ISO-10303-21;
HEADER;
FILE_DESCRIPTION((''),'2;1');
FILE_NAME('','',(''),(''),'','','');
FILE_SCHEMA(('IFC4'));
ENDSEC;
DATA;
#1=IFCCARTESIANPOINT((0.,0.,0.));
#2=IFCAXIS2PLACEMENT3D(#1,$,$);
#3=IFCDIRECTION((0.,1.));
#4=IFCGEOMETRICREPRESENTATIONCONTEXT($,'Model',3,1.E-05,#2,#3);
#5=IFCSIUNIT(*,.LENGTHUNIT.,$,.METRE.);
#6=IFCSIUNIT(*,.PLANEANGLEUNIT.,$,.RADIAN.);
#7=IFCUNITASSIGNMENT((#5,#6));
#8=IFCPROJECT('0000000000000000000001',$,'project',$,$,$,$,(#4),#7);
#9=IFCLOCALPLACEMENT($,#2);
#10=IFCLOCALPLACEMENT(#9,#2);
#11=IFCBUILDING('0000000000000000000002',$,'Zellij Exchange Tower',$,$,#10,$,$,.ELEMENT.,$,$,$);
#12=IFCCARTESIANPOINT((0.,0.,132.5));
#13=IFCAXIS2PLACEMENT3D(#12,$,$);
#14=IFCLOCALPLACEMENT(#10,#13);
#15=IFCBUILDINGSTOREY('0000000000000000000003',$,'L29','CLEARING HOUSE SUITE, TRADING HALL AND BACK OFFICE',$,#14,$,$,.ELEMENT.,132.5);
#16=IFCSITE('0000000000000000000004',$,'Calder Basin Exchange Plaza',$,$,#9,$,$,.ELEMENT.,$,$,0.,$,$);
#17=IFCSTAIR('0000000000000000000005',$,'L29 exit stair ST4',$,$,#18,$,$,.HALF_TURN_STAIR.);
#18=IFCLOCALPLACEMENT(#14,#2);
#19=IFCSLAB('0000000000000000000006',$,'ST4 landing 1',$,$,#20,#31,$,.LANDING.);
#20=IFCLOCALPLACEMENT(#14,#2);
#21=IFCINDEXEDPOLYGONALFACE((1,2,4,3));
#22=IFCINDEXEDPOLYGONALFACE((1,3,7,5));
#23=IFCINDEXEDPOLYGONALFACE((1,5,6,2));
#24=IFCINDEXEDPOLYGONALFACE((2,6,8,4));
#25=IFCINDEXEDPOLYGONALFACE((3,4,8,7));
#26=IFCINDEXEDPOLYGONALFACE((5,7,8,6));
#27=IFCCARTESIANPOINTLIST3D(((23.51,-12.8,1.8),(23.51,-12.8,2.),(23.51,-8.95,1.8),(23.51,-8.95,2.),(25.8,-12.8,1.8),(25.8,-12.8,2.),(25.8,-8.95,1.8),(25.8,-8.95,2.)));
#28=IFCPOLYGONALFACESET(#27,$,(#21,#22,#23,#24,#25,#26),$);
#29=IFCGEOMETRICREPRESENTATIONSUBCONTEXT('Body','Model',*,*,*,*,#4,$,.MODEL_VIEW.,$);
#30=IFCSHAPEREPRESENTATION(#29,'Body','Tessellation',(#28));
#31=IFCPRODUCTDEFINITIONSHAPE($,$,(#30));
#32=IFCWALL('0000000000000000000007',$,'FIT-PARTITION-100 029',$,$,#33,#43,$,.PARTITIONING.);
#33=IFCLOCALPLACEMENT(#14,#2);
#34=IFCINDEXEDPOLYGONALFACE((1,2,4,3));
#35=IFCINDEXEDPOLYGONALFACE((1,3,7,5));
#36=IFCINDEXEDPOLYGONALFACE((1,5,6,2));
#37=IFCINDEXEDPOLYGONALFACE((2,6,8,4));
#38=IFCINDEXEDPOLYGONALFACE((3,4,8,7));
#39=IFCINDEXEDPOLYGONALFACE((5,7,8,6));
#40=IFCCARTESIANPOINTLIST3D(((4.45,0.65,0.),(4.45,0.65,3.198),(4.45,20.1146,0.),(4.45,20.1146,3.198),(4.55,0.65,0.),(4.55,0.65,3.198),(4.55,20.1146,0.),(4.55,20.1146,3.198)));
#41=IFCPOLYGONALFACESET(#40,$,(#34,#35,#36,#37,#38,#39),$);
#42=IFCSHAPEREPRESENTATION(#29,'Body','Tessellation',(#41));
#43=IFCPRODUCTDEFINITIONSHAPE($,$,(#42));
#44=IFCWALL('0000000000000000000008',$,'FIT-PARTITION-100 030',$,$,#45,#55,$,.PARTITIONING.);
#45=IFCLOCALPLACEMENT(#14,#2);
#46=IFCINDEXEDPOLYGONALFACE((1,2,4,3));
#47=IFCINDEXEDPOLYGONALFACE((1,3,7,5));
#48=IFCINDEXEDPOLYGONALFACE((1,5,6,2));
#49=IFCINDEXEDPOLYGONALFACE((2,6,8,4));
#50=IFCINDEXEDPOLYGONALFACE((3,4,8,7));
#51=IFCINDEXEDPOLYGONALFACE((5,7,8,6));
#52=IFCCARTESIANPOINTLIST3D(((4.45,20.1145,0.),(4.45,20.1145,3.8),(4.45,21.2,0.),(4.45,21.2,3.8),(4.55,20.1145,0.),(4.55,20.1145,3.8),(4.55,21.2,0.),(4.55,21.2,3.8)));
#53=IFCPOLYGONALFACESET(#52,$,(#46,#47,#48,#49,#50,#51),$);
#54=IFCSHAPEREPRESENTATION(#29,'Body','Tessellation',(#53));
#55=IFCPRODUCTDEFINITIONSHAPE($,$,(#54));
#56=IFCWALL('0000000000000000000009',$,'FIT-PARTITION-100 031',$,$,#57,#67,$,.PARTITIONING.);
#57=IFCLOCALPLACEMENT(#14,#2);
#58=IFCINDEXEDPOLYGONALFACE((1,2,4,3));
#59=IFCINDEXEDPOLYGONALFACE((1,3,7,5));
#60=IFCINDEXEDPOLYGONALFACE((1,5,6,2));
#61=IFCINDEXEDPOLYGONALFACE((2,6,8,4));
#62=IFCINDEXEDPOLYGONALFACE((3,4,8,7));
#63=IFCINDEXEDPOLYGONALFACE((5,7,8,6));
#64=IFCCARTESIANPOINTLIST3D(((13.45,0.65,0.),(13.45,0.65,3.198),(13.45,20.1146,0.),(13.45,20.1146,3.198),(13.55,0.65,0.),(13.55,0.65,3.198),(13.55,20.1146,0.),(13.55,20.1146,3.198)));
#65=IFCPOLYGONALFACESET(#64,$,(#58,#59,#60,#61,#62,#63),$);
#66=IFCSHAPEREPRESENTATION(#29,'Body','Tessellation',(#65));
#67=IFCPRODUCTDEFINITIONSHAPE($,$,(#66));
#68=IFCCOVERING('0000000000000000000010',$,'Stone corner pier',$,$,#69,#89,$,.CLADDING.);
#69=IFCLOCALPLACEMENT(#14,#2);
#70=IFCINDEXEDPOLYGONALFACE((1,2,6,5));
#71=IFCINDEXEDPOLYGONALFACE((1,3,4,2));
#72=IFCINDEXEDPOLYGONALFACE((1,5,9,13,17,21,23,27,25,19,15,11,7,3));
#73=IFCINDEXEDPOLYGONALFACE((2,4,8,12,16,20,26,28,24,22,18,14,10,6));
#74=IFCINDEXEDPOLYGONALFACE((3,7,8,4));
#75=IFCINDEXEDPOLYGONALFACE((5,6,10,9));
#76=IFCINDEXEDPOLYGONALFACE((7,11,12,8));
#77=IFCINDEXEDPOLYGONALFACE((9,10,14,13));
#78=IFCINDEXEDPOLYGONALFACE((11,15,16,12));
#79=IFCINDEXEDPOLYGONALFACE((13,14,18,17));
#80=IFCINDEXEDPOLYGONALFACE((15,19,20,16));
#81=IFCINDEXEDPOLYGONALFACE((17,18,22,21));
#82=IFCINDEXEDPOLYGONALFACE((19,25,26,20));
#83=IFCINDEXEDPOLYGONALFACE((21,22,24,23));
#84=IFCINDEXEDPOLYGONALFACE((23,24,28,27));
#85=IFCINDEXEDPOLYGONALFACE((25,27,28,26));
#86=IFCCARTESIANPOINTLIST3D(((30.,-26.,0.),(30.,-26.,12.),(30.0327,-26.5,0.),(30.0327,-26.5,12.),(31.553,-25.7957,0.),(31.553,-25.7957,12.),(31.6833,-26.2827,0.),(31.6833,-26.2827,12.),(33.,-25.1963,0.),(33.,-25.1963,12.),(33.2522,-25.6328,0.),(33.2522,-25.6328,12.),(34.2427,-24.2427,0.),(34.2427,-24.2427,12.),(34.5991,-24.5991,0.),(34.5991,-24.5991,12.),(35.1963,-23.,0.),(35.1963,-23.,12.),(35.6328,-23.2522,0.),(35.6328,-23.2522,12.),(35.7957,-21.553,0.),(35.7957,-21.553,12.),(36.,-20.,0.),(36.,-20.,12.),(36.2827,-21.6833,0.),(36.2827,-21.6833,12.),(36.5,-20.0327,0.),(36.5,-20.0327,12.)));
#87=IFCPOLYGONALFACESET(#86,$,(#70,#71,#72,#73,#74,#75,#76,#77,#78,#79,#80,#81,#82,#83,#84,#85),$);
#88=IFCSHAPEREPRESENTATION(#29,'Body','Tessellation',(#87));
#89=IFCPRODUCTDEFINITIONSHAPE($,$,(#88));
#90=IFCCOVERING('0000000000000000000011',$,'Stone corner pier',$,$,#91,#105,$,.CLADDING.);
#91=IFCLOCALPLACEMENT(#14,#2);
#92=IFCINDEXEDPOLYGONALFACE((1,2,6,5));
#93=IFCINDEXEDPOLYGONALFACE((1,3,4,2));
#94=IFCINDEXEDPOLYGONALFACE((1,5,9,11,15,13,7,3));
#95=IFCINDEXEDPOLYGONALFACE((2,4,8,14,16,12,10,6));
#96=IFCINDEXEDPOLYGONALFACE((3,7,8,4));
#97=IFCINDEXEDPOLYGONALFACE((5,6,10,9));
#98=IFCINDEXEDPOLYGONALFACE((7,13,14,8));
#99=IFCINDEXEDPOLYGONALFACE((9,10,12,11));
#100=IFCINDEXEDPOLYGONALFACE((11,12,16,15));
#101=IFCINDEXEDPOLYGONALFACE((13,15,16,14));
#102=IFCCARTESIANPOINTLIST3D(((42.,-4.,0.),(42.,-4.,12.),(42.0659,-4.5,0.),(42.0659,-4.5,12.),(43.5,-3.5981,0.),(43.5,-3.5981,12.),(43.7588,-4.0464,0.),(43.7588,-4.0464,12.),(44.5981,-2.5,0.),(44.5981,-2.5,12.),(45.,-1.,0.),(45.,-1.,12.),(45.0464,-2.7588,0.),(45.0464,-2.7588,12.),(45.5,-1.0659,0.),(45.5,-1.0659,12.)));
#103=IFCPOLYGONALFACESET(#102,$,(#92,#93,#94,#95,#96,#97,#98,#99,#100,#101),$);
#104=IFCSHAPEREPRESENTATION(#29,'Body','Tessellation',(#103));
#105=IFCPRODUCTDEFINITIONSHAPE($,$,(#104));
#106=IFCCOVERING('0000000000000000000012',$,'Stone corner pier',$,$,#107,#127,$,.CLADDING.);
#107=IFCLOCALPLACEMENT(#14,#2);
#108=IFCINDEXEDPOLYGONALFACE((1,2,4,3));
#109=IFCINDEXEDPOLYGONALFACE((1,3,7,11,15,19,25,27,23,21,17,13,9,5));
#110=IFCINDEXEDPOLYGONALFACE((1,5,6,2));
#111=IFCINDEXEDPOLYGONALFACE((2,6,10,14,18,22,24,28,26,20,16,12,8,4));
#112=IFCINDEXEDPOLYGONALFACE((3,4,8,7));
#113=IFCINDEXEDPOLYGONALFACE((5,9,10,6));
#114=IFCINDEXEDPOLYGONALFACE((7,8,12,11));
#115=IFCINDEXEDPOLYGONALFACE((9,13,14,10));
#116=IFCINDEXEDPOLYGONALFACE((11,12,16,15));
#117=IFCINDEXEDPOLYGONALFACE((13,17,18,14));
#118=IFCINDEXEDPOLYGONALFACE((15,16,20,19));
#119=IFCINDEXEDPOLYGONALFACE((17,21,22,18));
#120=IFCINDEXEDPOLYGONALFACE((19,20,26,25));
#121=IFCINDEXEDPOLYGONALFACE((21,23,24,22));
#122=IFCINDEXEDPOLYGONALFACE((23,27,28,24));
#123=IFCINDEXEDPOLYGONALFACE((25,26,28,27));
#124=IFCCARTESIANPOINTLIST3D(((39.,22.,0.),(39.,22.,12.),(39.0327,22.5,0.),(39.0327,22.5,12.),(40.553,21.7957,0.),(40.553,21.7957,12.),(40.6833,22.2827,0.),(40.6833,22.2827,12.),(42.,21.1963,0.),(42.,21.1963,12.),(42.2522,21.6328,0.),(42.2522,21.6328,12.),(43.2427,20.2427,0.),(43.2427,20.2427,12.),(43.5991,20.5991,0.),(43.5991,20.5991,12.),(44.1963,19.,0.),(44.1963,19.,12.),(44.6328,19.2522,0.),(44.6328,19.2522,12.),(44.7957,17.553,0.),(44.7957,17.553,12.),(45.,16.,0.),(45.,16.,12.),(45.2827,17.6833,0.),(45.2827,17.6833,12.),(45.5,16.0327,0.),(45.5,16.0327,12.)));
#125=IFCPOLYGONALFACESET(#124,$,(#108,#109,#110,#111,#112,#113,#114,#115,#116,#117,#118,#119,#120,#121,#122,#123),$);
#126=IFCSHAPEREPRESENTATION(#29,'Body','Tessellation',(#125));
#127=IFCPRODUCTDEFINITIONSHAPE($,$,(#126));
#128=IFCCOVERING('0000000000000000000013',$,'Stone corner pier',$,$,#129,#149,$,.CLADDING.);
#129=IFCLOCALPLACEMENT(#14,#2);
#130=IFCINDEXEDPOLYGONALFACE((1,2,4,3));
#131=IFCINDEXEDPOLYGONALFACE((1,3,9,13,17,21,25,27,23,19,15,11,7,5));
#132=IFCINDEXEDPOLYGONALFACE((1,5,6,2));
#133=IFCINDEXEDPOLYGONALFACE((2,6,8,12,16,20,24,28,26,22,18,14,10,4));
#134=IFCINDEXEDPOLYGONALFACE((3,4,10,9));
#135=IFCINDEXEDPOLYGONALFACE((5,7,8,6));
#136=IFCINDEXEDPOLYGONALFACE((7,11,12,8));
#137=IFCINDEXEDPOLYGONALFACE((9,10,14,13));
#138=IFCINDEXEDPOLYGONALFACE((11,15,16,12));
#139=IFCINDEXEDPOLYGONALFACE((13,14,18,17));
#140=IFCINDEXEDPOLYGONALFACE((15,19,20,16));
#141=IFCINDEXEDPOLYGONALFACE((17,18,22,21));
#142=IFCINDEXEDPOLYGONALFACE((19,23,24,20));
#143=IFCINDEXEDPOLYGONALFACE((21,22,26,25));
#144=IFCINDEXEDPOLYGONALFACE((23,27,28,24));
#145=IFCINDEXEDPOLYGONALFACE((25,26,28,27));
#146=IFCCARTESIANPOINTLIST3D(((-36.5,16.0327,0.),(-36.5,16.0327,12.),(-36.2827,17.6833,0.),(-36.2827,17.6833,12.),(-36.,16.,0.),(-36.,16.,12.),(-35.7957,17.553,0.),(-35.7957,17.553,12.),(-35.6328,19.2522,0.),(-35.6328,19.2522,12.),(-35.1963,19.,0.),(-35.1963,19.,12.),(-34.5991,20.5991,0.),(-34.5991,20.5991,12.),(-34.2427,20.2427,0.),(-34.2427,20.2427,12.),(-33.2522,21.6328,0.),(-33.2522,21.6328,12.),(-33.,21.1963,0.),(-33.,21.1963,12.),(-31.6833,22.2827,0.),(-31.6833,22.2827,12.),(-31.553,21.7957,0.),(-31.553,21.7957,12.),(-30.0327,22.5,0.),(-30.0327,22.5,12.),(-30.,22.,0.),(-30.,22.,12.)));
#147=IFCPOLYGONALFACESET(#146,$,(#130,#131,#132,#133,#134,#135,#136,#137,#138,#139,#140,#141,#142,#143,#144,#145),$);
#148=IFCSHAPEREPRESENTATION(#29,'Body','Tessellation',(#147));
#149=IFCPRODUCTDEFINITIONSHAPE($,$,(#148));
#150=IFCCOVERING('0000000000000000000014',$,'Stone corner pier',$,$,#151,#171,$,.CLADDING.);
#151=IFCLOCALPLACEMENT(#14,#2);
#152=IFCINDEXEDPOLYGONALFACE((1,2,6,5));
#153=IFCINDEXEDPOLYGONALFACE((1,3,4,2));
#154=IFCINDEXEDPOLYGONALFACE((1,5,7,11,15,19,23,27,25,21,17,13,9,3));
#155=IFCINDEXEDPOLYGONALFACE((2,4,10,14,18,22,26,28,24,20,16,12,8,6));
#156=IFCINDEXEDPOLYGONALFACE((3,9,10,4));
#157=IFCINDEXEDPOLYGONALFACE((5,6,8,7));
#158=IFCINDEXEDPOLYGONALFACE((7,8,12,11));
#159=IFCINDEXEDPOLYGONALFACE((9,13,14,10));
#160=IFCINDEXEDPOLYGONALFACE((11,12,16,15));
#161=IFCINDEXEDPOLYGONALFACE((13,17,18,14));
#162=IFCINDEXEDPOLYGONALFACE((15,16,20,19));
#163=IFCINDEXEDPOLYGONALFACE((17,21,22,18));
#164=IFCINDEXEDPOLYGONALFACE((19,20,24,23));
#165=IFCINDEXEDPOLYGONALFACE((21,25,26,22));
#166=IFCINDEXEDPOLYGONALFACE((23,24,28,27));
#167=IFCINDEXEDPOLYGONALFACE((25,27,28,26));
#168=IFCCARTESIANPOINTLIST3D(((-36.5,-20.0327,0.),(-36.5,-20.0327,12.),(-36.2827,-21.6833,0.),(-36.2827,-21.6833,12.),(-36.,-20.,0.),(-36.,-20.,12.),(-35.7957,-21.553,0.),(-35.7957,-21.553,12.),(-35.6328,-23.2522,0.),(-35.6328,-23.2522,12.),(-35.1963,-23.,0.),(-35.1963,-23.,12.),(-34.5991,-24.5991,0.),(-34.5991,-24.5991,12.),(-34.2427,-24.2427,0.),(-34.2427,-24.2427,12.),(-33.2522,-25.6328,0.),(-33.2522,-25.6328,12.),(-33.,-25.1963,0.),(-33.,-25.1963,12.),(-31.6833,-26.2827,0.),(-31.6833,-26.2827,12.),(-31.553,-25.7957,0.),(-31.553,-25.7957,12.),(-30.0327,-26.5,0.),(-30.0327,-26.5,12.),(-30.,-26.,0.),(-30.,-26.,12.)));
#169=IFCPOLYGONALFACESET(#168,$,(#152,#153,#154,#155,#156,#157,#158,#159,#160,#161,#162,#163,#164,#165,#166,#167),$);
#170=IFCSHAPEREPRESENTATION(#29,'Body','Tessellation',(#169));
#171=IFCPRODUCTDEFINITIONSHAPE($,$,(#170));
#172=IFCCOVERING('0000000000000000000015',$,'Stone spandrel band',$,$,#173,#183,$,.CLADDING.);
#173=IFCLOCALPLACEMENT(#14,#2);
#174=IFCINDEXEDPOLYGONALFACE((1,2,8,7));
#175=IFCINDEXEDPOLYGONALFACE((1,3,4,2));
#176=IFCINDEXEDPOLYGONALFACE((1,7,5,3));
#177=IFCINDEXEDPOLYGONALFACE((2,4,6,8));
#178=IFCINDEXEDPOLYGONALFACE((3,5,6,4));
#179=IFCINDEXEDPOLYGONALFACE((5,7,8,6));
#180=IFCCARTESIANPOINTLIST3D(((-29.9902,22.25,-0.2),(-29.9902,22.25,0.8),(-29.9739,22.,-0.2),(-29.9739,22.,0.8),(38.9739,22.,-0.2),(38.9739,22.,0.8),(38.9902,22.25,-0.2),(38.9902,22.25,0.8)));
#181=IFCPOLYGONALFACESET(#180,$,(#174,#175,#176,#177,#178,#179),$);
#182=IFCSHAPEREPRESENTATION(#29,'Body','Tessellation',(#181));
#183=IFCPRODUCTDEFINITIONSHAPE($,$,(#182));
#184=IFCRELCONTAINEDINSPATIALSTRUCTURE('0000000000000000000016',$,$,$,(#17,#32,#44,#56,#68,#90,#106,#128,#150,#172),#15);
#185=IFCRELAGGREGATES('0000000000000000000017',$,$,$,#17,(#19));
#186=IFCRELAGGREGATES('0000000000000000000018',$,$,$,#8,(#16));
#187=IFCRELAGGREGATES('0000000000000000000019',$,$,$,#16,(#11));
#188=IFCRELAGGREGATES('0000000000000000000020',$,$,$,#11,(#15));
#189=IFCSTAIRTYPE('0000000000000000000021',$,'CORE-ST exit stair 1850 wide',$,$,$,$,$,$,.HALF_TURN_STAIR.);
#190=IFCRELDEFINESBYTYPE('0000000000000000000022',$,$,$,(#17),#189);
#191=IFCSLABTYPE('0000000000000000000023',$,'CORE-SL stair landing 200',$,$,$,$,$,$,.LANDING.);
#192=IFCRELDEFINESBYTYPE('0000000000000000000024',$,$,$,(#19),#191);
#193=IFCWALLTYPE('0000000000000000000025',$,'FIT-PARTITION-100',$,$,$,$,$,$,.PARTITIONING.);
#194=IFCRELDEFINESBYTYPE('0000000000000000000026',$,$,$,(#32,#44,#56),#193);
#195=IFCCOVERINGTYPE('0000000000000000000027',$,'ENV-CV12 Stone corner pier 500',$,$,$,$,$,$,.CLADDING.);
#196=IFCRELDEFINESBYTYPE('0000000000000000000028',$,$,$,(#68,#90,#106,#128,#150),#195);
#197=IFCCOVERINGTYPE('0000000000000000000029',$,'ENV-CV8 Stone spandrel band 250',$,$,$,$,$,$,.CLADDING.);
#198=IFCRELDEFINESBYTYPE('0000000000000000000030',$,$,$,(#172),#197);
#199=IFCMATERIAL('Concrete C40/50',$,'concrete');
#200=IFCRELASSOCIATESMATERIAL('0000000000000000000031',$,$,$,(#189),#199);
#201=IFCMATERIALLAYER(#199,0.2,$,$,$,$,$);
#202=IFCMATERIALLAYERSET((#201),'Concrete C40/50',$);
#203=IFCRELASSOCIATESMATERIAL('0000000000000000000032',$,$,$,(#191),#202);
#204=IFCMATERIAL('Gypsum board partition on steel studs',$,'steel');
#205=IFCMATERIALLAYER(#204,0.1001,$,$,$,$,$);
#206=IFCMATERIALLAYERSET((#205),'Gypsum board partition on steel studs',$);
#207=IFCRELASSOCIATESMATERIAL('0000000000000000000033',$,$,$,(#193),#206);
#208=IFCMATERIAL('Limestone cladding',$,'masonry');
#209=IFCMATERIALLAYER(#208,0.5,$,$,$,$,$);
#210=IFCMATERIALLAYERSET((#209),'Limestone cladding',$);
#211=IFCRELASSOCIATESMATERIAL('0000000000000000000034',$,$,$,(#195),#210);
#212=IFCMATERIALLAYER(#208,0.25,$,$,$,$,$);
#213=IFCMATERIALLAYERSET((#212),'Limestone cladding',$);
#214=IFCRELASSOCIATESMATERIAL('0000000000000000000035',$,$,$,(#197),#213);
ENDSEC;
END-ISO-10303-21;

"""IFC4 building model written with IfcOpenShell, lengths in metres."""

from ifc_helpers import new_model, si_unit, direction, frame, frame_2d, origin, place, context, subcontext, project, spatial, polyline, rectangle, outline, extrude, material, layer, layer_set, type_object, element, aggregate, save


model = new_model("IFC4")

# Units and contexts
model_context = context("Model", 3, precision=1e-05, world=origin(), true_north=direction((0.0, 1.0)))
body_context = subcontext(model_context, "Body", "Model", "MODEL_VIEW")
ifc_project = project(units=[si_unit("LENGTHUNIT", "METRE"), si_unit("PLANEANGLEUNIT", "RADIAN")], contexts=[model_context])

# Site, building, storey
site_placement = place(None, origin())
site = spatial("IfcSite", under=ifc_project, at=site_placement, Name="Calder Basin Exchange Plaza", CompositionType="ELEMENT", RefElevation=0.0)
building_placement = place(site_placement, origin())
building = spatial("IfcBuilding", under=site, at=building_placement, Name="Zellij Exchange Tower", CompositionType="ELEMENT")
storey_placement = place(building_placement, frame((0.0, 0.0, 132.5)))
storey = spatial("IfcBuildingStorey", under=building, at=storey_placement, Name="L29", Description="CLEARING HOUSE SUITE, TRADING HALL AND BACK OFFICE", CompositionType="ELEMENT", Elevation=132.5)

# Stair, slab
ifc_material_1 = material(Name="Concrete C40/50", Category="concrete")
stair_type = type_object("IfcStairType", Name="CORE-ST exit stair 1850 wide", PredefinedType="HALF_TURN_STAIR", material=ifc_material_1)
ifc_layer_1 = layer(ifc_material_1, 0.2)
ifc_layer_set_1 = layer_set([ifc_layer_1], Name="Concrete C40/50")
slab_type = type_object("IfcSlabType", Name="CORE-SL stair landing 200", PredefinedType="LANDING", material=ifc_layer_set_1)
stair_1_placement = place(storey_placement, origin())
stair_1 = element("IfcStair", 1, at=stair_1_placement, inside=storey, type_object=stair_type, Name="L29 exit stair ST4", PredefinedType="HALF_TURN_STAIR")
slab_1_placement = place(storey_placement, frame((0.0, 0.0, 1.8)))
slab_1 = element("IfcSlab", 2, at=slab_1_placement, type_object=slab_type, Name="ST4 landing 1", PredefinedType="LANDING", context=body_context, shape_type="SweptSolid", body=[
    extrude(outline(polyline([(23.51, -12.8), (25.8, -12.8), (25.8, -8.95), (23.51, -8.95), (23.51, -12.8)])), origin(), (0.0, 0.0, 1.0), 0.2),
])
aggregate(stair_1, [slab_1])

# Walls
ifc_material_2 = material(Name="Gypsum board partition on steel studs", Category="steel")
ifc_layer_2 = layer(ifc_material_2, 0.1001)
ifc_layer_set_2 = layer_set([ifc_layer_2], Name="Gypsum board partition on steel studs")
wall_type = type_object("IfcWallType", Name="FIT-PARTITION-100", PredefinedType="PARTITIONING", material=ifc_layer_set_2)
wall_1_placement = place(storey_placement, frame((4.5, 0.6499, 0.0), z_axis=(0.0, 0.0, 1.0), x_axis=(0.0, 1.0, 0.0)))
element("IfcWall", 3, at=wall_1_placement, inside=storey, type_object=wall_type, Name="FIT-PARTITION-100 029", PredefinedType="PARTITIONING", context=body_context, shape_type="SweptSolid", body=[
    extrude(rectangle(XDim=19.4646, YDim=0.1001, at=frame_2d((9.7324, 0.0))), origin(), (0.0, 0.0, 1.0), 3.198),
])
wall_2_placement = place(storey_placement, frame((4.5, 20.1145, 0.0), z_axis=(0.0, 0.0, 1.0), x_axis=(0.0, 1.0, 0.0)))
element("IfcWall", 4, at=wall_2_placement, inside=storey, type_object=wall_type, Name="FIT-PARTITION-100 030", PredefinedType="PARTITIONING", context=body_context, shape_type="SweptSolid", body=[
    extrude(rectangle(XDim=1.0854, YDim=0.1001, at=frame_2d((0.5427, 0.0))), origin(), (0.0, 0.0, 1.0), 3.8),
])
wall_3_placement = place(storey_placement, frame((13.5, 0.6499, 0.0), z_axis=(0.0, 0.0, 1.0), x_axis=(0.0, 1.0, 0.0)))
element("IfcWall", 5, at=wall_3_placement, inside=storey, type_object=wall_type, Name="FIT-PARTITION-100 031", PredefinedType="PARTITIONING", context=body_context, shape_type="SweptSolid", body=[
    extrude(rectangle(XDim=19.4646, YDim=0.1001, at=frame_2d((9.7324, 0.0))), origin(), (0.0, 0.0, 1.0), 3.198),
])

# Coverings
ifc_material_3 = material(Name="Limestone cladding", Category="masonry")
ifc_layer_3 = layer(ifc_material_3, 0.5)
ifc_layer_set_3 = layer_set([ifc_layer_3], Name="Limestone cladding")
covering_type_1 = type_object("IfcCoveringType", Name="ENV-CV12 Stone corner pier 500", PredefinedType="CLADDING", material=ifc_layer_set_3)
covering_1_placement = place(storey_placement, origin())
element("IfcCovering", 6, at=covering_1_placement, inside=storey, type_object=covering_type_1, Name="Stone corner pier", PredefinedType="CLADDING", context=body_context, shape_type="SweptSolid", body=[
    extrude(outline(polyline([(30.0, -26.0), (31.553, -25.7957), (33.0, -25.1963), (34.2427, -24.2427), (35.1963, -23.0), (35.7957, -21.553), (36.0, -20.0), (36.5, -20.0327), (36.2827, -21.6833), (35.6328, -23.2522), (34.5991, -24.5991), (33.2522, -25.6328), (31.6833, -26.2827), (30.0327, -26.5), (30.0, -26.0)])), origin(), (0.0, 0.0, 1.0), 12.0),
])
covering_2_placement = place(storey_placement, origin())
element("IfcCovering", 7, at=covering_2_placement, inside=storey, type_object=covering_type_1, Name="Stone corner pier", PredefinedType="CLADDING", context=body_context, shape_type="SweptSolid", body=[
    extrude(outline(polyline([(42.0, -4.0), (43.5, -3.5981), (44.5981, -2.5), (45.0, -1.0), (45.5, -1.0659), (45.0464, -2.7588), (43.7588, -4.0464), (42.0659, -4.5), (42.0, -4.0)])), origin(), (0.0, 0.0, 1.0), 12.0),
])
covering_3_placement = place(storey_placement, origin())
element("IfcCovering", 8, at=covering_3_placement, inside=storey, type_object=covering_type_1, Name="Stone corner pier", PredefinedType="CLADDING", context=body_context, shape_type="SweptSolid", body=[
    extrude(outline(polyline([(45.0, 16.0), (44.7957, 17.553), (44.1963, 19.0), (43.2427, 20.2427), (42.0, 21.1963), (40.553, 21.7957), (39.0, 22.0), (39.0327, 22.5), (40.6833, 22.2827), (42.2522, 21.6328), (43.5991, 20.5991), (44.6328, 19.2522), (45.2827, 17.6833), (45.5, 16.0327), (45.0, 16.0)])), origin(), (0.0, 0.0, 1.0), 12.0),
])
covering_4_placement = place(storey_placement, origin())
element("IfcCovering", 9, at=covering_4_placement, inside=storey, type_object=covering_type_1, Name="Stone corner pier", PredefinedType="CLADDING", context=body_context, shape_type="SweptSolid", body=[
    extrude(outline(polyline([(-30.0, 22.0), (-31.553, 21.7957), (-33.0, 21.1963), (-34.2427, 20.2427), (-35.1963, 19.0), (-35.7957, 17.553), (-36.0, 16.0), (-36.5, 16.0327), (-36.2827, 17.6833), (-35.6328, 19.2522), (-34.5991, 20.5991), (-33.2522, 21.6328), (-31.6833, 22.2827), (-30.0327, 22.5), (-30.0, 22.0)])), origin(), (0.0, 0.0, 1.0), 12.0),
])
covering_5_placement = place(storey_placement, origin())
element("IfcCovering", 10, at=covering_5_placement, inside=storey, type_object=covering_type_1, Name="Stone corner pier", PredefinedType="CLADDING", context=body_context, shape_type="SweptSolid", body=[
    extrude(outline(polyline([(-36.0, -20.0), (-35.7957, -21.553), (-35.1963, -23.0), (-34.2427, -24.2427), (-33.0, -25.1963), (-31.553, -25.7957), (-30.0, -26.0), (-30.0327, -26.5), (-31.6833, -26.2827), (-33.2522, -25.6328), (-34.5991, -24.5991), (-35.6328, -23.2522), (-36.2827, -21.6833), (-36.5, -20.0327), (-36.0, -20.0)])), origin(), (0.0, 0.0, 1.0), 12.0),
])
ifc_layer_4 = layer(ifc_material_3, 0.25)
ifc_layer_set_4 = layer_set([ifc_layer_4], Name="Limestone cladding")
covering_type_2 = type_object("IfcCoveringType", Name="ENV-CV8 Stone spandrel band 250", PredefinedType="CLADDING", material=ifc_layer_set_4)
covering_6_placement = place(storey_placement, frame((0.0, 0.0, -0.2)))
element("IfcCovering", 11, at=covering_6_placement, inside=storey, type_object=covering_type_2, Name="Stone spandrel band", PredefinedType="CLADDING", context=body_context, shape_type="SweptSolid", body=[
    extrude(outline(polyline([(38.9739, 22.0), (-29.9739, 22.0), (-29.9902, 22.25), (38.9902, 22.25), (38.9739, 22.0)])), origin(), (0.0, 0.0, 1.0), 1.0),
])

save(model, "model.ifc")
